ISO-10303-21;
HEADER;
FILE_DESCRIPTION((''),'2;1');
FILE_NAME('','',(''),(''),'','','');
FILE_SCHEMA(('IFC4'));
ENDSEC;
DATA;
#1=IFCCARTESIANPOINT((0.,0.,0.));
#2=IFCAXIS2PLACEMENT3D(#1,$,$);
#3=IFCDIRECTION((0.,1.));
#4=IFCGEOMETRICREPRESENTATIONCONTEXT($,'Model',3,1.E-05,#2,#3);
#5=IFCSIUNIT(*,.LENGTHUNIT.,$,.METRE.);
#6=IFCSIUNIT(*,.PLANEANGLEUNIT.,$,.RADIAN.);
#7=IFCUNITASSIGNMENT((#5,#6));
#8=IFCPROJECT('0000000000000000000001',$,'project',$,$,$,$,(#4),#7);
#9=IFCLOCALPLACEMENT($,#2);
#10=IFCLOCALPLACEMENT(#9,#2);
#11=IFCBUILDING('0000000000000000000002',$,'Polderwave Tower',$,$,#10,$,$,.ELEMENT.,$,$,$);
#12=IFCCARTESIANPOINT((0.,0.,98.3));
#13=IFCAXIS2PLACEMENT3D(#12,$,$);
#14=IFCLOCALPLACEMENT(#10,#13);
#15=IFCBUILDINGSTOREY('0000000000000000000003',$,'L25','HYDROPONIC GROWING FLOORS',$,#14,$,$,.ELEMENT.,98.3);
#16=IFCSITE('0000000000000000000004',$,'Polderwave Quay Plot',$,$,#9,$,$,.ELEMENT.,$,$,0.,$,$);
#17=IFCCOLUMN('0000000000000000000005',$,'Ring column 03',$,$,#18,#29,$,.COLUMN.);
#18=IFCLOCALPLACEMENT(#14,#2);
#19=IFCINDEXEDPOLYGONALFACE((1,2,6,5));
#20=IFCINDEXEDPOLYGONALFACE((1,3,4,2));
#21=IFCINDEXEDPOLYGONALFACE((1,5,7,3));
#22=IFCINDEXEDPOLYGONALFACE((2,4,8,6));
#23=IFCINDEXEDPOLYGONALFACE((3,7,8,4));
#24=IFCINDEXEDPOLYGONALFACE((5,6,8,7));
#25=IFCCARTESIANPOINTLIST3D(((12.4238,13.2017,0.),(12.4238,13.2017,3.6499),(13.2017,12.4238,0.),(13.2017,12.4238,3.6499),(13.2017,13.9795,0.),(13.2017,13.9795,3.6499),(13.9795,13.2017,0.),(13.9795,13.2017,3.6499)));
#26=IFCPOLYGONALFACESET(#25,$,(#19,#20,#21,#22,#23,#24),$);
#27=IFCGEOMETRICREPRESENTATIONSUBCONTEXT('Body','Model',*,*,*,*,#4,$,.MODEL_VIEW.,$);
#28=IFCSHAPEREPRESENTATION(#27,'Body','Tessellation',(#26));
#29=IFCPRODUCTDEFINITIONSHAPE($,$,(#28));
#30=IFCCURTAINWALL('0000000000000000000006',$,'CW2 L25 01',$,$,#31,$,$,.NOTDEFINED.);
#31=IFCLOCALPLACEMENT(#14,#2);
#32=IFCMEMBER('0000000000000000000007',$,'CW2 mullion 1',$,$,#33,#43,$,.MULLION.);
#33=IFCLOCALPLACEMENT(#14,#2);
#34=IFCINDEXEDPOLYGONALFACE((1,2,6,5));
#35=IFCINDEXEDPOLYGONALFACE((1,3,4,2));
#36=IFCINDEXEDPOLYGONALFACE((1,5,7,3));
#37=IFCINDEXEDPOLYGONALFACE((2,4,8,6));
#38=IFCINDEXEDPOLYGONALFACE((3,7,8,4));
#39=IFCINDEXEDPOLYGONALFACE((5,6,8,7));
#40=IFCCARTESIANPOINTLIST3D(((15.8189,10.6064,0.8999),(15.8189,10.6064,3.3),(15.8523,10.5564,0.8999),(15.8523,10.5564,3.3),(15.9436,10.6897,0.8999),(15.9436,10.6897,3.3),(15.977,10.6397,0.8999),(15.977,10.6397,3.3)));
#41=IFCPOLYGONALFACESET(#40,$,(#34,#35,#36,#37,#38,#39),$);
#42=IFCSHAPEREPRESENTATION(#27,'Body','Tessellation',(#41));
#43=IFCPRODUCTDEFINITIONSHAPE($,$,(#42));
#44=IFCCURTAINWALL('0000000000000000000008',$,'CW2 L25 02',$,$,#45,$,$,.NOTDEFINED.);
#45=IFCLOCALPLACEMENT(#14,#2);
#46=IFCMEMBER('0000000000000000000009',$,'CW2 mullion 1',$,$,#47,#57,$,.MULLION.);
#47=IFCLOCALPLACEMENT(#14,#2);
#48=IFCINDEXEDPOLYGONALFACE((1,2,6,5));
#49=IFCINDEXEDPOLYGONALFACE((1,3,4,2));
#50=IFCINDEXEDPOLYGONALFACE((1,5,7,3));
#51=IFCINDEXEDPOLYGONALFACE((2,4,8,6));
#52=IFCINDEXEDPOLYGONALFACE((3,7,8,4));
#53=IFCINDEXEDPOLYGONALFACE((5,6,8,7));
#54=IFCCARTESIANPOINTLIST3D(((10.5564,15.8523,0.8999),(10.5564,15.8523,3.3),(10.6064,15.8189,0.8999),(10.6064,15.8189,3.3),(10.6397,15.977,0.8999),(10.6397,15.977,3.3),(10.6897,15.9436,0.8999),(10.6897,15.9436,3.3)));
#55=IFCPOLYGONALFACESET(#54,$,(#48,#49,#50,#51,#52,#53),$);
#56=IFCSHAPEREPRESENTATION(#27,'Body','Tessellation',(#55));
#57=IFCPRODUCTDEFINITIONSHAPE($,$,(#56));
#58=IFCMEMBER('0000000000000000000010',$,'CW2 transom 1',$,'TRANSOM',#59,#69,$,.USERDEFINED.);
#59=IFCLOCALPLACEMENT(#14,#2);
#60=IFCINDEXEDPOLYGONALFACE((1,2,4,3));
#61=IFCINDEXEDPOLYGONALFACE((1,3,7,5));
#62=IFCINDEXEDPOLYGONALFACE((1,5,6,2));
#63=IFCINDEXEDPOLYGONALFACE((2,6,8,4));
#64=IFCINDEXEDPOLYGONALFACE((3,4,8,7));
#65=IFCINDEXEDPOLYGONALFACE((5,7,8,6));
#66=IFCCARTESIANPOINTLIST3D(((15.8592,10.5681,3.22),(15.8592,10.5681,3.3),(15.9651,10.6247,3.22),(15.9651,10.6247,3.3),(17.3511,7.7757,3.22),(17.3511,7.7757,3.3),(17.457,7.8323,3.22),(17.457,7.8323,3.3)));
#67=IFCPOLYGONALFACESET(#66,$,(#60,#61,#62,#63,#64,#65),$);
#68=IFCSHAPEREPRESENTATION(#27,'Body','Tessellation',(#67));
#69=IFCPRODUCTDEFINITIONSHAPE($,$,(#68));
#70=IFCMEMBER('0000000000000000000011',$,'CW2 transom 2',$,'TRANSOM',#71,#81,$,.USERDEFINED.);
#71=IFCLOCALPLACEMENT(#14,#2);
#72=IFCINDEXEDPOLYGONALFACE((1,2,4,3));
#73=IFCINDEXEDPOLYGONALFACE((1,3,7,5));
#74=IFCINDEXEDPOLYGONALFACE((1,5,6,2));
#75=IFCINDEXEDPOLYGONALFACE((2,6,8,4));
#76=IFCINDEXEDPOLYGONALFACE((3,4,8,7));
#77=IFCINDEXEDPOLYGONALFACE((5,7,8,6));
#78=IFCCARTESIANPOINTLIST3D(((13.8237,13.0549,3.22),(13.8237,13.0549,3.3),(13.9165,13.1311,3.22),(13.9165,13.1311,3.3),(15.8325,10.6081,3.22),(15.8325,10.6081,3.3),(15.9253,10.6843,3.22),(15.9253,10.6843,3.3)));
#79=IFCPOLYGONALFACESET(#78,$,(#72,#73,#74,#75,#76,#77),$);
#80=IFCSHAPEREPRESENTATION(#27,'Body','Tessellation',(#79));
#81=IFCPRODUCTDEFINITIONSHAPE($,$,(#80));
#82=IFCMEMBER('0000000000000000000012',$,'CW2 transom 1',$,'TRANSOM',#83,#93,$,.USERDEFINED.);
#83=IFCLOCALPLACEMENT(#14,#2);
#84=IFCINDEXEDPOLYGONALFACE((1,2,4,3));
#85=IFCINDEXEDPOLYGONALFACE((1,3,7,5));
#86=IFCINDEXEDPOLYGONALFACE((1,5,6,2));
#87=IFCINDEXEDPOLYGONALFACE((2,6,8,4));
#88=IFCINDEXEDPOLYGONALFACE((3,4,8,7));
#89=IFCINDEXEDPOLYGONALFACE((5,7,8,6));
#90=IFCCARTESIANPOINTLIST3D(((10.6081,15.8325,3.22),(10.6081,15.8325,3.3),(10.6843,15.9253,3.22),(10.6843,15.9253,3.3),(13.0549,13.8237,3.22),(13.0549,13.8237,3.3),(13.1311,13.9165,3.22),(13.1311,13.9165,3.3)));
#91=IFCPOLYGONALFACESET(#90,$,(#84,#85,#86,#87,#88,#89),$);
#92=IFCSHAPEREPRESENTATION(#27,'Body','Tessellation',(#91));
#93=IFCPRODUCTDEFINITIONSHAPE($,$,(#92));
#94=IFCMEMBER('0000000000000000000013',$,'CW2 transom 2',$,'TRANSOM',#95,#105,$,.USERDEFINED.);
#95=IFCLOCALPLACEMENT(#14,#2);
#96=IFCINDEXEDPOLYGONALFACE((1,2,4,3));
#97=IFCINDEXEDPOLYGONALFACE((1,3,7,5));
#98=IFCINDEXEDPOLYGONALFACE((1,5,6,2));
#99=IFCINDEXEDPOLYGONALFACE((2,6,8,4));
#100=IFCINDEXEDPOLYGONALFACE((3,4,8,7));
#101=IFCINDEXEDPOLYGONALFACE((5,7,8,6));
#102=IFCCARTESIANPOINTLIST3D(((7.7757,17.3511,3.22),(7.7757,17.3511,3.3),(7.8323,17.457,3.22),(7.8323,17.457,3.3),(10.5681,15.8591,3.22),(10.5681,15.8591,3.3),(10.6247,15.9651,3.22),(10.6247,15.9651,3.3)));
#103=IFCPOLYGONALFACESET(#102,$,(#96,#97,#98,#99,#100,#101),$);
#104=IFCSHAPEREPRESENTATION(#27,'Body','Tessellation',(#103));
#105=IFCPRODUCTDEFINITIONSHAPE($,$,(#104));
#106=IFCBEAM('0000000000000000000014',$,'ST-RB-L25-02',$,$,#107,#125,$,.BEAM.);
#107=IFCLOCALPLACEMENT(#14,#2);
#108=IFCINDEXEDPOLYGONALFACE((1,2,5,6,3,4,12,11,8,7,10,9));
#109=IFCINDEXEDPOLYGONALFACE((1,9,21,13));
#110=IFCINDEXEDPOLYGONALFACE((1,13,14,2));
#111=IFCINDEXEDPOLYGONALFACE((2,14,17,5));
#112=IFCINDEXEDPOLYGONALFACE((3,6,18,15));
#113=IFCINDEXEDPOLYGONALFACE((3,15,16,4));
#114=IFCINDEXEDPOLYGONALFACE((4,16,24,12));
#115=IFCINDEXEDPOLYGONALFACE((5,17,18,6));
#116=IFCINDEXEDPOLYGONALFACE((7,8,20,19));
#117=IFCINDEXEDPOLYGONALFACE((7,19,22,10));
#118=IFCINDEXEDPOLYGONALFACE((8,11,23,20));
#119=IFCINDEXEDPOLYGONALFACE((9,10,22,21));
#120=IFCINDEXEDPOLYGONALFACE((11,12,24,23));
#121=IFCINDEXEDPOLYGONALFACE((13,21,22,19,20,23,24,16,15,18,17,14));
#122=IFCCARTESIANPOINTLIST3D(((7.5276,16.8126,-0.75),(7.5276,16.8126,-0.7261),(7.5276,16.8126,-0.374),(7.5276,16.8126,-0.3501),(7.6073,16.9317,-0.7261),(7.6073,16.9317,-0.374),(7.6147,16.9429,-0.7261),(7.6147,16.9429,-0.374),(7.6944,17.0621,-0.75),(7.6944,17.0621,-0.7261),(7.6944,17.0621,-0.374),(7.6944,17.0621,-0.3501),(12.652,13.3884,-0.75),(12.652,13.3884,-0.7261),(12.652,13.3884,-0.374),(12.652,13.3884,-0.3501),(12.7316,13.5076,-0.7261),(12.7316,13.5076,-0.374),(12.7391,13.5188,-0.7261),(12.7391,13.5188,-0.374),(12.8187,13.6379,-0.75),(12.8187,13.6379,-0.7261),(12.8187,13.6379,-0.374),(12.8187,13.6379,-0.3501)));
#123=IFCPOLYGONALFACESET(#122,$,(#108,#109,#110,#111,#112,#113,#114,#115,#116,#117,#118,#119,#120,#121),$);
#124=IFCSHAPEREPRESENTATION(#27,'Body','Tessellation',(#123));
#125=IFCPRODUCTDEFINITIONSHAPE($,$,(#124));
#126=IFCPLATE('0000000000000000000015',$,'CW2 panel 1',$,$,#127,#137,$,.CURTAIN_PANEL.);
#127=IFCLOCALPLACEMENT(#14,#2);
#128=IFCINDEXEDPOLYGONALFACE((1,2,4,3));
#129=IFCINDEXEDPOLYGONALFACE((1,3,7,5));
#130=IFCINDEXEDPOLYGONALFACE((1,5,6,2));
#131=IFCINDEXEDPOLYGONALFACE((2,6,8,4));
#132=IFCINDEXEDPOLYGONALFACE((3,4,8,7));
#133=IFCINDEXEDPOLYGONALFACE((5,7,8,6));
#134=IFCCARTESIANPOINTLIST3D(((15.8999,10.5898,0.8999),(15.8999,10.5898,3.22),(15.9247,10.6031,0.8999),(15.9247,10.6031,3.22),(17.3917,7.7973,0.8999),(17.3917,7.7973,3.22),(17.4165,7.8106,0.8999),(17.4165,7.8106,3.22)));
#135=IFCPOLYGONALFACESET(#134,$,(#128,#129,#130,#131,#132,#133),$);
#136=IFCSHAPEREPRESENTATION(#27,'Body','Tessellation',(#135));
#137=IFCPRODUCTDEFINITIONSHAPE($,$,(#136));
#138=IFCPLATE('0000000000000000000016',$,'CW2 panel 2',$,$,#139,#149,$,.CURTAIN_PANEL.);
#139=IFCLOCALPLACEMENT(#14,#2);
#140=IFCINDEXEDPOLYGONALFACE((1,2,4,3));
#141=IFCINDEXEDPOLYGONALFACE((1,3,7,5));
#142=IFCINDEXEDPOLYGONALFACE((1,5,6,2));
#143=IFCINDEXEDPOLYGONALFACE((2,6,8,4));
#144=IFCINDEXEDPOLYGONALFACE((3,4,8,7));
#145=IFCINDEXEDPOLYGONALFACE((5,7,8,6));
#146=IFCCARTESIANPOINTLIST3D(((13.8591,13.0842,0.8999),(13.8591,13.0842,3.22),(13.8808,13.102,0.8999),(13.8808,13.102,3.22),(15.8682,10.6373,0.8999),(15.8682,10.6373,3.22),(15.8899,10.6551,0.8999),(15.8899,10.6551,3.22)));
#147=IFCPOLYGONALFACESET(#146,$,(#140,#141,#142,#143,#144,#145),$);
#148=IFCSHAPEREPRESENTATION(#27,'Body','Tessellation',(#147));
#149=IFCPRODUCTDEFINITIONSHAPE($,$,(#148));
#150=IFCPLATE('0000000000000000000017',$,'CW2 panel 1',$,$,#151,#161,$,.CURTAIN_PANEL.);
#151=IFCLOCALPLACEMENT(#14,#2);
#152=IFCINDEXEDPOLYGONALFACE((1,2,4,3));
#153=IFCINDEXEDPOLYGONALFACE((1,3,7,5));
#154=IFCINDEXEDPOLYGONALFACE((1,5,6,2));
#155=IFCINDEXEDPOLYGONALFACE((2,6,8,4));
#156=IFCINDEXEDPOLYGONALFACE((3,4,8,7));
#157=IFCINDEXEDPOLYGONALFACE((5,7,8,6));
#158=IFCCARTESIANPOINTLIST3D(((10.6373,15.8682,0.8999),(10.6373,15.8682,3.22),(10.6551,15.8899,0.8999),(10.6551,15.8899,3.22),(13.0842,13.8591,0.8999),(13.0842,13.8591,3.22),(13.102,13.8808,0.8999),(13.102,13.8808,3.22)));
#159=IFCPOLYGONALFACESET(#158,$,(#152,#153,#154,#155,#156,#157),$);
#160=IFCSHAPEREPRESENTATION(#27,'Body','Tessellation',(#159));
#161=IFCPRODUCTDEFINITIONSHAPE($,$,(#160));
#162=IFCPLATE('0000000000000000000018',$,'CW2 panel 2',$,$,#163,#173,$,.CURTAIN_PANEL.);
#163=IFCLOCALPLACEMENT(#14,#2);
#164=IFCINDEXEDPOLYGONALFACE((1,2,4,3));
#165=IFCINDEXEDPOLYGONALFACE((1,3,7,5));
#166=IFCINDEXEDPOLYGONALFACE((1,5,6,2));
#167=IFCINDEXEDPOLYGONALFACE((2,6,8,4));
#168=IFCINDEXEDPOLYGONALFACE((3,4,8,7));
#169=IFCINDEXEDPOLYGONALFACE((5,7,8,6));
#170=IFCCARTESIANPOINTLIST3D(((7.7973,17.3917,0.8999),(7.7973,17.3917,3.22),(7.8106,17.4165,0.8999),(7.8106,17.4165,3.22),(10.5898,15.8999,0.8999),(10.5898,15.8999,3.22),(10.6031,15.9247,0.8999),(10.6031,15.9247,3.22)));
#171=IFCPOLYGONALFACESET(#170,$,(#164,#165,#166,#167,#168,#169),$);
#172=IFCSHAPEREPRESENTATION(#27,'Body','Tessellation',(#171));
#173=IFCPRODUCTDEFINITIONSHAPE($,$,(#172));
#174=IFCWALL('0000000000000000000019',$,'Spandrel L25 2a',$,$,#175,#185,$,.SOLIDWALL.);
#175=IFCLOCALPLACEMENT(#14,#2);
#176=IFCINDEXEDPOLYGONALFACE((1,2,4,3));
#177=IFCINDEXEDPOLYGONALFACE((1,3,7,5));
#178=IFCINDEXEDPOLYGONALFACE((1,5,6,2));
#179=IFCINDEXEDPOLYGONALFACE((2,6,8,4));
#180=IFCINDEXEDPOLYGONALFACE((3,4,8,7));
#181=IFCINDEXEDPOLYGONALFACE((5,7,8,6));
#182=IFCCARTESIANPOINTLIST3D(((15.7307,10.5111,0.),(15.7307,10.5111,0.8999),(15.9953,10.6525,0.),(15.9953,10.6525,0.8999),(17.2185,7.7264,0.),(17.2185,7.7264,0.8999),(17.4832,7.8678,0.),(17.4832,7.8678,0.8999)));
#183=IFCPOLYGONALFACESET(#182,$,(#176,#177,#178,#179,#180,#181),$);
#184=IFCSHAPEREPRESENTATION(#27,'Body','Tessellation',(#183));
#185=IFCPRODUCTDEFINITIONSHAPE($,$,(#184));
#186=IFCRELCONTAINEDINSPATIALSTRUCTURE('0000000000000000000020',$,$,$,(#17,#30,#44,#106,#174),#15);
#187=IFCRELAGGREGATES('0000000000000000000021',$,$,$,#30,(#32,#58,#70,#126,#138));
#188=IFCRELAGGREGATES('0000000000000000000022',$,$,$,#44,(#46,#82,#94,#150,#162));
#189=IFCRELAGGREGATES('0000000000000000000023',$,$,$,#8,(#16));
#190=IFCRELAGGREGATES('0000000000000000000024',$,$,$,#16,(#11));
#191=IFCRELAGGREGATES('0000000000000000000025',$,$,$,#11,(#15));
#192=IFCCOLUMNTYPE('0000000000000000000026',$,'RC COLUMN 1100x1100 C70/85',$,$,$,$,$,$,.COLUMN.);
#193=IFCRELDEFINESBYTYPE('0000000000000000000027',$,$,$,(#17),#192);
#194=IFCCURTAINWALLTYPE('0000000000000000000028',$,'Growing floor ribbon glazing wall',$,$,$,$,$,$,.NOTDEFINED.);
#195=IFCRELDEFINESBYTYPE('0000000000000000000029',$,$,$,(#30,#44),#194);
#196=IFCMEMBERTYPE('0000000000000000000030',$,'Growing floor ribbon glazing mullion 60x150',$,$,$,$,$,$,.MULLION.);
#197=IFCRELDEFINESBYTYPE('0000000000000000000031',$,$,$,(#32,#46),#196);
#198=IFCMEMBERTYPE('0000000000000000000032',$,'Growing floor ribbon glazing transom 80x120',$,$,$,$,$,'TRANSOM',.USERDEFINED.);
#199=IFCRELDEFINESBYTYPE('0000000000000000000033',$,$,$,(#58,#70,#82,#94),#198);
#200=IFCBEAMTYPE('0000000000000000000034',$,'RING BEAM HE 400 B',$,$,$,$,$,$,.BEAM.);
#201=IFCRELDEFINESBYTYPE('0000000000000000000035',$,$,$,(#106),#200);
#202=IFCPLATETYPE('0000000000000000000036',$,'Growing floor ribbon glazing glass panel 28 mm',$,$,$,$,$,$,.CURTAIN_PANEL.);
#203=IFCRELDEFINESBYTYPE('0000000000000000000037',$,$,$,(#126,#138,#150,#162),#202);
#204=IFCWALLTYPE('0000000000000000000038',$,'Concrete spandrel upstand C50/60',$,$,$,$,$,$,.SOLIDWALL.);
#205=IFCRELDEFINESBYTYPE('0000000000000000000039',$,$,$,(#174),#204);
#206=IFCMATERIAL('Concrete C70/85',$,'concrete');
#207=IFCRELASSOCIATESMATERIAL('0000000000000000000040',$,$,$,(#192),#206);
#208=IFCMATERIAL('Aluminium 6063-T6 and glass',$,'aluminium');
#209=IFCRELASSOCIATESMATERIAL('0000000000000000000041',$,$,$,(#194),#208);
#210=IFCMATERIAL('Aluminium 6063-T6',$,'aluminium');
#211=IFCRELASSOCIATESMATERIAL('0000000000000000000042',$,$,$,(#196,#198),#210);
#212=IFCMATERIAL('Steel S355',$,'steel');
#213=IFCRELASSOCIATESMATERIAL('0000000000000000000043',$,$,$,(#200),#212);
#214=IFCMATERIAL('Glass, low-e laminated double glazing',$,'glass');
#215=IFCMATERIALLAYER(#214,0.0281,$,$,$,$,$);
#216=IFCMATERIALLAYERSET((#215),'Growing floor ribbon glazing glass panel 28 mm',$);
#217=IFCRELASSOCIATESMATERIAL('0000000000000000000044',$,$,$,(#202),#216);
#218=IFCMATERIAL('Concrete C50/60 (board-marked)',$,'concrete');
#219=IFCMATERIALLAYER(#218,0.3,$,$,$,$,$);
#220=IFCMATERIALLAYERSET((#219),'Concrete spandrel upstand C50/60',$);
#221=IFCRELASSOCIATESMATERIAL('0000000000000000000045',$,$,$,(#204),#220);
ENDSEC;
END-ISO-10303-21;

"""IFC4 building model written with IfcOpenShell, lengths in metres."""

from ifc_helpers import new_model, si_unit, direction, frame, frame_2d, origin, origin_2d, place, context, subcontext, project, spatial, rectangle, i_section, extrude, material, layer, layer_set, material_profile, profile_set, type_object, element, aggregate, save


model = new_model("IFC4")

# Units and contexts
model_context = context("Model", 3, precision=1e-05, world=origin(), true_north=direction((0.0, 1.0)))
body_context = subcontext(model_context, "Body", "Model", "MODEL_VIEW")
ifc_project = project(units=[si_unit("LENGTHUNIT", "METRE"), si_unit("PLANEANGLEUNIT", "RADIAN")], contexts=[model_context])

# Site, building, storey
site_placement = place(None, origin())
site = spatial("IfcSite", under=ifc_project, at=site_placement, Name="Polderwave Quay Plot", CompositionType="ELEMENT", RefElevation=0.0)
building_placement = place(site_placement, origin())
building = spatial("IfcBuilding", under=site, at=building_placement, Name="Polderwave Tower", CompositionType="ELEMENT")
storey_placement = place(building_placement, frame((0.0, 0.0, 98.3)))
storey = spatial("IfcBuildingStorey", under=building, at=storey_placement, Name="L25", Description="HYDROPONIC GROWING FLOORS", CompositionType="ELEMENT", Elevation=98.3)

# Column
ifc_material_1 = material(Name="Concrete C70/85", Category="concrete")
ifc_material_profile_1 = material_profile(ifc_material_1, rectangle(XDim=1.1001, YDim=1.1001, at=origin_2d()), Name="RC 1100x1100")
ifc_profile_set_1 = profile_set([ifc_material_profile_1], Name="Concrete C70/85")
column_type = type_object("IfcColumnType", Name="RC COLUMN 1100x1100 C70/85", PredefinedType="COLUMN", material=ifc_profile_set_1)
column_placement = place(storey_placement, frame((13.2017, 13.2017, 0.0), z_axis=(0.0, 0.0, 1.0), x_axis=(0.707107, 0.707107, 0.0)))
element("IfcColumn", 1, at=column_placement, inside=storey, type_object=column_type, Name="Ring column 03", PredefinedType="COLUMN", context=body_context, shape_type="SweptSolid", body=[
    extrude(rectangle(XDim=1.1001, YDim=1.1001, at=origin_2d()), origin(), (0.0, 0.0, 1.0), 3.6499),
])

# Curtain walls, members
ifc_material_2 = material(Name="Aluminium 6063-T6 and glass", Category="aluminium")
curtain_wall_type = type_object("IfcCurtainWallType", Name="Growing floor ribbon glazing wall", PredefinedType="NOTDEFINED", material=ifc_material_2)
curtain_wall_1_placement = place(storey_placement, origin())
curtain_wall_1 = element("IfcCurtainWall", 2, at=curtain_wall_1_placement, inside=storey, type_object=curtain_wall_type, Name="CW2 L25 01", PredefinedType="NOTDEFINED")
ifc_material_3 = material(Name="Aluminium 6063-T6", Category="aluminium")
ifc_material_profile_2 = material_profile(ifc_material_3, rectangle(XDim=0.1499, YDim=0.0601, at=origin_2d()), Name="AL 60x150")
ifc_profile_set_2 = profile_set([ifc_material_profile_2], Name="Aluminium 6063-T6")
member_type_1 = type_object("IfcMemberType", Name="Growing floor ribbon glazing mullion 60x150", PredefinedType="MULLION", material=ifc_profile_set_2)
member_1_placement = place(storey_placement, frame((15.8979, 10.623, 0.8999), z_axis=(0.0, 0.0, 1.0), x_axis=(-0.831468, -0.555573, 0.0)))
member_1 = element("IfcMember", 3, at=member_1_placement, type_object=member_type_1, Name="CW2 mullion 1", PredefinedType="MULLION", context=body_context, shape_type="SweptSolid", body=[
    extrude(rectangle(XDim=0.1499, YDim=0.0601, at=origin_2d()), origin(), (0.0, 0.0, 1.0), 2.4001),
])
curtain_wall_2_placement = place(storey_placement, origin())
curtain_wall_2 = element("IfcCurtainWall", 4, at=curtain_wall_2_placement, inside=storey, type_object=curtain_wall_type, Name="CW2 L25 02", PredefinedType="NOTDEFINED")
member_2_placement = place(storey_placement, frame((10.623, 15.8979, 0.8999), z_axis=(0.0, 0.0, 1.0), x_axis=(-0.555573, -0.831468, 0.0)))
member_2 = element("IfcMember", 5, at=member_2_placement, type_object=member_type_1, Name="CW2 mullion 1", PredefinedType="MULLION", context=body_context, shape_type="SweptSolid", body=[
    extrude(rectangle(XDim=0.1499, YDim=0.0601, at=origin_2d()), origin(), (0.0, 0.0, 1.0), 2.4001),
])

# Members
ifc_material_profile_3 = material_profile(ifc_material_3, rectangle(XDim=0.1201, YDim=0.0801, at=origin_2d()), Name="AL 80x120")
ifc_profile_set_3 = profile_set([ifc_material_profile_3], Name="Aluminium 6063-T6")
member_type_2 = type_object("IfcMemberType", Name="Growing floor ribbon glazing transom 80x120", ElementType="TRANSOM", PredefinedType="USERDEFINED", material=ifc_profile_set_3)
member_3_placement = place(storey_placement, frame((17.4041, 7.804, 3.26), z_axis=(-0.471232, 0.882009, 0.0), x_axis=(-0.882009, -0.471232, 0.0)))
member_3 = element("IfcMember", 6, at=member_3_placement, type_object=member_type_2, Name="CW2 transom 1", ObjectType="TRANSOM", PredefinedType="USERDEFINED", context=body_context, shape_type="SweptSolid", body=[
    extrude(rectangle(XDim=0.1201, YDim=0.0801, at=origin_2d()), origin(), (0.0, 0.0, 1.0), 3.166),
])
member_4_placement = place(storey_placement, frame((15.8789, 10.6462, 3.26), z_axis=(-0.634539, 0.772891, 0.0), x_axis=(-0.772891, -0.634539, 0.0)))
member_4 = element("IfcMember", 7, at=member_4_placement, type_object=member_type_2, Name="CW2 transom 2", ObjectType="TRANSOM", PredefinedType="USERDEFINED", context=body_context, shape_type="SweptSolid", body=[
    extrude(rectangle(XDim=0.1201, YDim=0.0801, at=origin_2d()), origin(), (0.0, 0.0, 1.0), 3.1658),
])
member_5_placement = place(storey_placement, frame((13.093, 13.8701, 3.26), z_axis=(-0.772891, 0.634539, 0.0), x_axis=(-0.634539, -0.772891, 0.0)))
member_5 = element("IfcMember", 8, at=member_5_placement, type_object=member_type_2, Name="CW2 transom 1", ObjectType="TRANSOM", PredefinedType="USERDEFINED", context=body_context, shape_type="SweptSolid", body=[
    extrude(rectangle(XDim=0.1201, YDim=0.0801, at=origin_2d()), origin(), (0.0, 0.0, 1.0), 3.1658),
])
member_6_placement = place(storey_placement, frame((10.5964, 15.9121, 3.26), z_axis=(-0.882009, 0.471232, 0.0), x_axis=(-0.471232, -0.882009, 0.0)))
member_6 = element("IfcMember", 9, at=member_6_placement, type_object=member_type_2, Name="CW2 transom 2", ObjectType="TRANSOM", PredefinedType="USERDEFINED", context=body_context, shape_type="SweptSolid", body=[
    extrude(rectangle(XDim=0.1201, YDim=0.0801, at=origin_2d()), origin(), (0.0, 0.0, 1.0), 3.166),
])

# Beam
ifc_material_4 = material(Name="Steel S355", Category="steel")
ifc_material_profile_4 = material_profile(ifc_material_4, i_section(OverallWidth=0.3, OverallDepth=0.3999, WebThickness=0.0134, FlangeThickness=0.0239, at=origin_2d()), Name="HE 400 B")
ifc_profile_set_4 = profile_set([ifc_material_profile_4], Name="Steel S355")
beam_type = type_object("IfcBeamType", Name="RING BEAM HE 400 B", PredefinedType="BEAM", material=ifc_profile_set_4)
beam_placement = place(storey_placement, frame((12.7354, 13.5132, -0.55), z_axis=(-0.831459, 0.555587, 0.0), x_axis=(-0.555587, -0.831459, 0.0)))
element("IfcBeam", 10, at=beam_placement, inside=storey, type_object=beam_type, Name="ST-RB-L25-02", PredefinedType="BEAM", context=body_context, shape_type="SweptSolid", body=[
    extrude(i_section(OverallWidth=0.3, OverallDepth=0.3999, WebThickness=0.0134, FlangeThickness=0.0239, at=origin_2d()), origin(), (0.0, 0.0, 1.0), 6.1631),
])

# Plates
ifc_material_5 = material(Name="Glass, low-e laminated double glazing", Category="glass")
ifc_layer_1 = layer(ifc_material_5, 0.0281)
ifc_layer_set_1 = layer_set([ifc_layer_1], Name="Growing floor ribbon glazing glass panel 28 mm")
plate_type = type_object("IfcPlateType", Name="Growing floor ribbon glazing glass panel 28 mm", PredefinedType="CURTAIN_PANEL", material=ifc_layer_set_1)
plate_1_placement = place(storey_placement, frame((16.6582, 9.2002, 0.8999), z_axis=(0.0, 0.0, 1.0), x_axis=(-0.471206, 0.882023, 0.0)))
plate_1 = element("IfcPlate", 11, at=plate_1_placement, type_object=plate_type, Name="CW2 panel 1", PredefinedType="CURTAIN_PANEL", context=body_context, shape_type="SweptSolid", body=[
    extrude(rectangle(XDim=3.166, YDim=0.0281, at=origin_2d()), origin(), (0.0, 0.0, 1.0), 2.3201),
])
plate_2_placement = place(storey_placement, frame((14.8745, 11.8696, 0.8999), z_axis=(0.0, 0.0, 1.0), x_axis=(-0.634566, 0.772869, 0.0)))
plate_2 = element("IfcPlate", 12, at=plate_2_placement, type_object=plate_type, Name="CW2 panel 2", PredefinedType="CURTAIN_PANEL", context=body_context, shape_type="SweptSolid", body=[
    extrude(rectangle(XDim=3.166, YDim=0.0281, at=origin_2d()), origin(), (0.0, 0.0, 1.0), 2.3201),
])
aggregate(curtain_wall_1, [member_1, member_3, member_4, plate_1, plate_2])
plate_3_placement = place(storey_placement, frame((11.8696, 14.8745, 0.8999), z_axis=(0.0, 0.0, 1.0), x_axis=(-0.772869, 0.634566, 0.0)))
plate_3 = element("IfcPlate", 13, at=plate_3_placement, type_object=plate_type, Name="CW2 panel 1", PredefinedType="CURTAIN_PANEL", context=body_context, shape_type="SweptSolid", body=[
    extrude(rectangle(XDim=3.166, YDim=0.0281, at=origin_2d()), origin(), (0.0, 0.0, 1.0), 2.3201),
])
plate_4_placement = place(storey_placement, frame((9.2002, 16.6582, 0.8999), z_axis=(0.0, 0.0, 1.0), x_axis=(-0.882023, 0.471206, 0.0)))
plate_4 = element("IfcPlate", 14, at=plate_4_placement, type_object=plate_type, Name="CW2 panel 2", PredefinedType="CURTAIN_PANEL", context=body_context, shape_type="SweptSolid", body=[
    extrude(rectangle(XDim=3.166, YDim=0.0281, at=origin_2d()), origin(), (0.0, 0.0, 1.0), 2.3201),
])
aggregate(curtain_wall_2, [member_2, member_5, member_6, plate_3, plate_4])

# Wall
ifc_material_6 = material(Name="Concrete C50/60 (board-marked)", Category="concrete")
ifc_layer_2 = layer(ifc_material_6, 0.3)
ifc_layer_set_2 = layer_set([ifc_layer_2], Name="Concrete spandrel upstand C50/60")
wall_type_1 = type_object("IfcWallType", Name="Concrete spandrel upstand C50/60", PredefinedType="SOLIDWALL", material=ifc_layer_set_2)
for number, where, z_axis, x_axis, name in (
    (15, (17.3508, 7.7971, 0.0), (0.0, 0.0, 1.0), (-0.471238, 0.882006, 0.0), "Spandrel L25 2a"),
):
    element("IfcWall", number, at=place(storey_placement, frame(where, z_axis=z_axis, x_axis=x_axis)), inside=storey, type_object=wall_type_1, Name=name, PredefinedType="SOLIDWALL", context=body_context, shape_type="SweptSolid", body=[
        extrude(rectangle(XDim=3.1572, YDim=0.3, at=frame_2d((1.5786, 0.0))), origin(), (0.0, 0.0, 1.0), 0.8999),
    ])

save(model, "model.ifc")
